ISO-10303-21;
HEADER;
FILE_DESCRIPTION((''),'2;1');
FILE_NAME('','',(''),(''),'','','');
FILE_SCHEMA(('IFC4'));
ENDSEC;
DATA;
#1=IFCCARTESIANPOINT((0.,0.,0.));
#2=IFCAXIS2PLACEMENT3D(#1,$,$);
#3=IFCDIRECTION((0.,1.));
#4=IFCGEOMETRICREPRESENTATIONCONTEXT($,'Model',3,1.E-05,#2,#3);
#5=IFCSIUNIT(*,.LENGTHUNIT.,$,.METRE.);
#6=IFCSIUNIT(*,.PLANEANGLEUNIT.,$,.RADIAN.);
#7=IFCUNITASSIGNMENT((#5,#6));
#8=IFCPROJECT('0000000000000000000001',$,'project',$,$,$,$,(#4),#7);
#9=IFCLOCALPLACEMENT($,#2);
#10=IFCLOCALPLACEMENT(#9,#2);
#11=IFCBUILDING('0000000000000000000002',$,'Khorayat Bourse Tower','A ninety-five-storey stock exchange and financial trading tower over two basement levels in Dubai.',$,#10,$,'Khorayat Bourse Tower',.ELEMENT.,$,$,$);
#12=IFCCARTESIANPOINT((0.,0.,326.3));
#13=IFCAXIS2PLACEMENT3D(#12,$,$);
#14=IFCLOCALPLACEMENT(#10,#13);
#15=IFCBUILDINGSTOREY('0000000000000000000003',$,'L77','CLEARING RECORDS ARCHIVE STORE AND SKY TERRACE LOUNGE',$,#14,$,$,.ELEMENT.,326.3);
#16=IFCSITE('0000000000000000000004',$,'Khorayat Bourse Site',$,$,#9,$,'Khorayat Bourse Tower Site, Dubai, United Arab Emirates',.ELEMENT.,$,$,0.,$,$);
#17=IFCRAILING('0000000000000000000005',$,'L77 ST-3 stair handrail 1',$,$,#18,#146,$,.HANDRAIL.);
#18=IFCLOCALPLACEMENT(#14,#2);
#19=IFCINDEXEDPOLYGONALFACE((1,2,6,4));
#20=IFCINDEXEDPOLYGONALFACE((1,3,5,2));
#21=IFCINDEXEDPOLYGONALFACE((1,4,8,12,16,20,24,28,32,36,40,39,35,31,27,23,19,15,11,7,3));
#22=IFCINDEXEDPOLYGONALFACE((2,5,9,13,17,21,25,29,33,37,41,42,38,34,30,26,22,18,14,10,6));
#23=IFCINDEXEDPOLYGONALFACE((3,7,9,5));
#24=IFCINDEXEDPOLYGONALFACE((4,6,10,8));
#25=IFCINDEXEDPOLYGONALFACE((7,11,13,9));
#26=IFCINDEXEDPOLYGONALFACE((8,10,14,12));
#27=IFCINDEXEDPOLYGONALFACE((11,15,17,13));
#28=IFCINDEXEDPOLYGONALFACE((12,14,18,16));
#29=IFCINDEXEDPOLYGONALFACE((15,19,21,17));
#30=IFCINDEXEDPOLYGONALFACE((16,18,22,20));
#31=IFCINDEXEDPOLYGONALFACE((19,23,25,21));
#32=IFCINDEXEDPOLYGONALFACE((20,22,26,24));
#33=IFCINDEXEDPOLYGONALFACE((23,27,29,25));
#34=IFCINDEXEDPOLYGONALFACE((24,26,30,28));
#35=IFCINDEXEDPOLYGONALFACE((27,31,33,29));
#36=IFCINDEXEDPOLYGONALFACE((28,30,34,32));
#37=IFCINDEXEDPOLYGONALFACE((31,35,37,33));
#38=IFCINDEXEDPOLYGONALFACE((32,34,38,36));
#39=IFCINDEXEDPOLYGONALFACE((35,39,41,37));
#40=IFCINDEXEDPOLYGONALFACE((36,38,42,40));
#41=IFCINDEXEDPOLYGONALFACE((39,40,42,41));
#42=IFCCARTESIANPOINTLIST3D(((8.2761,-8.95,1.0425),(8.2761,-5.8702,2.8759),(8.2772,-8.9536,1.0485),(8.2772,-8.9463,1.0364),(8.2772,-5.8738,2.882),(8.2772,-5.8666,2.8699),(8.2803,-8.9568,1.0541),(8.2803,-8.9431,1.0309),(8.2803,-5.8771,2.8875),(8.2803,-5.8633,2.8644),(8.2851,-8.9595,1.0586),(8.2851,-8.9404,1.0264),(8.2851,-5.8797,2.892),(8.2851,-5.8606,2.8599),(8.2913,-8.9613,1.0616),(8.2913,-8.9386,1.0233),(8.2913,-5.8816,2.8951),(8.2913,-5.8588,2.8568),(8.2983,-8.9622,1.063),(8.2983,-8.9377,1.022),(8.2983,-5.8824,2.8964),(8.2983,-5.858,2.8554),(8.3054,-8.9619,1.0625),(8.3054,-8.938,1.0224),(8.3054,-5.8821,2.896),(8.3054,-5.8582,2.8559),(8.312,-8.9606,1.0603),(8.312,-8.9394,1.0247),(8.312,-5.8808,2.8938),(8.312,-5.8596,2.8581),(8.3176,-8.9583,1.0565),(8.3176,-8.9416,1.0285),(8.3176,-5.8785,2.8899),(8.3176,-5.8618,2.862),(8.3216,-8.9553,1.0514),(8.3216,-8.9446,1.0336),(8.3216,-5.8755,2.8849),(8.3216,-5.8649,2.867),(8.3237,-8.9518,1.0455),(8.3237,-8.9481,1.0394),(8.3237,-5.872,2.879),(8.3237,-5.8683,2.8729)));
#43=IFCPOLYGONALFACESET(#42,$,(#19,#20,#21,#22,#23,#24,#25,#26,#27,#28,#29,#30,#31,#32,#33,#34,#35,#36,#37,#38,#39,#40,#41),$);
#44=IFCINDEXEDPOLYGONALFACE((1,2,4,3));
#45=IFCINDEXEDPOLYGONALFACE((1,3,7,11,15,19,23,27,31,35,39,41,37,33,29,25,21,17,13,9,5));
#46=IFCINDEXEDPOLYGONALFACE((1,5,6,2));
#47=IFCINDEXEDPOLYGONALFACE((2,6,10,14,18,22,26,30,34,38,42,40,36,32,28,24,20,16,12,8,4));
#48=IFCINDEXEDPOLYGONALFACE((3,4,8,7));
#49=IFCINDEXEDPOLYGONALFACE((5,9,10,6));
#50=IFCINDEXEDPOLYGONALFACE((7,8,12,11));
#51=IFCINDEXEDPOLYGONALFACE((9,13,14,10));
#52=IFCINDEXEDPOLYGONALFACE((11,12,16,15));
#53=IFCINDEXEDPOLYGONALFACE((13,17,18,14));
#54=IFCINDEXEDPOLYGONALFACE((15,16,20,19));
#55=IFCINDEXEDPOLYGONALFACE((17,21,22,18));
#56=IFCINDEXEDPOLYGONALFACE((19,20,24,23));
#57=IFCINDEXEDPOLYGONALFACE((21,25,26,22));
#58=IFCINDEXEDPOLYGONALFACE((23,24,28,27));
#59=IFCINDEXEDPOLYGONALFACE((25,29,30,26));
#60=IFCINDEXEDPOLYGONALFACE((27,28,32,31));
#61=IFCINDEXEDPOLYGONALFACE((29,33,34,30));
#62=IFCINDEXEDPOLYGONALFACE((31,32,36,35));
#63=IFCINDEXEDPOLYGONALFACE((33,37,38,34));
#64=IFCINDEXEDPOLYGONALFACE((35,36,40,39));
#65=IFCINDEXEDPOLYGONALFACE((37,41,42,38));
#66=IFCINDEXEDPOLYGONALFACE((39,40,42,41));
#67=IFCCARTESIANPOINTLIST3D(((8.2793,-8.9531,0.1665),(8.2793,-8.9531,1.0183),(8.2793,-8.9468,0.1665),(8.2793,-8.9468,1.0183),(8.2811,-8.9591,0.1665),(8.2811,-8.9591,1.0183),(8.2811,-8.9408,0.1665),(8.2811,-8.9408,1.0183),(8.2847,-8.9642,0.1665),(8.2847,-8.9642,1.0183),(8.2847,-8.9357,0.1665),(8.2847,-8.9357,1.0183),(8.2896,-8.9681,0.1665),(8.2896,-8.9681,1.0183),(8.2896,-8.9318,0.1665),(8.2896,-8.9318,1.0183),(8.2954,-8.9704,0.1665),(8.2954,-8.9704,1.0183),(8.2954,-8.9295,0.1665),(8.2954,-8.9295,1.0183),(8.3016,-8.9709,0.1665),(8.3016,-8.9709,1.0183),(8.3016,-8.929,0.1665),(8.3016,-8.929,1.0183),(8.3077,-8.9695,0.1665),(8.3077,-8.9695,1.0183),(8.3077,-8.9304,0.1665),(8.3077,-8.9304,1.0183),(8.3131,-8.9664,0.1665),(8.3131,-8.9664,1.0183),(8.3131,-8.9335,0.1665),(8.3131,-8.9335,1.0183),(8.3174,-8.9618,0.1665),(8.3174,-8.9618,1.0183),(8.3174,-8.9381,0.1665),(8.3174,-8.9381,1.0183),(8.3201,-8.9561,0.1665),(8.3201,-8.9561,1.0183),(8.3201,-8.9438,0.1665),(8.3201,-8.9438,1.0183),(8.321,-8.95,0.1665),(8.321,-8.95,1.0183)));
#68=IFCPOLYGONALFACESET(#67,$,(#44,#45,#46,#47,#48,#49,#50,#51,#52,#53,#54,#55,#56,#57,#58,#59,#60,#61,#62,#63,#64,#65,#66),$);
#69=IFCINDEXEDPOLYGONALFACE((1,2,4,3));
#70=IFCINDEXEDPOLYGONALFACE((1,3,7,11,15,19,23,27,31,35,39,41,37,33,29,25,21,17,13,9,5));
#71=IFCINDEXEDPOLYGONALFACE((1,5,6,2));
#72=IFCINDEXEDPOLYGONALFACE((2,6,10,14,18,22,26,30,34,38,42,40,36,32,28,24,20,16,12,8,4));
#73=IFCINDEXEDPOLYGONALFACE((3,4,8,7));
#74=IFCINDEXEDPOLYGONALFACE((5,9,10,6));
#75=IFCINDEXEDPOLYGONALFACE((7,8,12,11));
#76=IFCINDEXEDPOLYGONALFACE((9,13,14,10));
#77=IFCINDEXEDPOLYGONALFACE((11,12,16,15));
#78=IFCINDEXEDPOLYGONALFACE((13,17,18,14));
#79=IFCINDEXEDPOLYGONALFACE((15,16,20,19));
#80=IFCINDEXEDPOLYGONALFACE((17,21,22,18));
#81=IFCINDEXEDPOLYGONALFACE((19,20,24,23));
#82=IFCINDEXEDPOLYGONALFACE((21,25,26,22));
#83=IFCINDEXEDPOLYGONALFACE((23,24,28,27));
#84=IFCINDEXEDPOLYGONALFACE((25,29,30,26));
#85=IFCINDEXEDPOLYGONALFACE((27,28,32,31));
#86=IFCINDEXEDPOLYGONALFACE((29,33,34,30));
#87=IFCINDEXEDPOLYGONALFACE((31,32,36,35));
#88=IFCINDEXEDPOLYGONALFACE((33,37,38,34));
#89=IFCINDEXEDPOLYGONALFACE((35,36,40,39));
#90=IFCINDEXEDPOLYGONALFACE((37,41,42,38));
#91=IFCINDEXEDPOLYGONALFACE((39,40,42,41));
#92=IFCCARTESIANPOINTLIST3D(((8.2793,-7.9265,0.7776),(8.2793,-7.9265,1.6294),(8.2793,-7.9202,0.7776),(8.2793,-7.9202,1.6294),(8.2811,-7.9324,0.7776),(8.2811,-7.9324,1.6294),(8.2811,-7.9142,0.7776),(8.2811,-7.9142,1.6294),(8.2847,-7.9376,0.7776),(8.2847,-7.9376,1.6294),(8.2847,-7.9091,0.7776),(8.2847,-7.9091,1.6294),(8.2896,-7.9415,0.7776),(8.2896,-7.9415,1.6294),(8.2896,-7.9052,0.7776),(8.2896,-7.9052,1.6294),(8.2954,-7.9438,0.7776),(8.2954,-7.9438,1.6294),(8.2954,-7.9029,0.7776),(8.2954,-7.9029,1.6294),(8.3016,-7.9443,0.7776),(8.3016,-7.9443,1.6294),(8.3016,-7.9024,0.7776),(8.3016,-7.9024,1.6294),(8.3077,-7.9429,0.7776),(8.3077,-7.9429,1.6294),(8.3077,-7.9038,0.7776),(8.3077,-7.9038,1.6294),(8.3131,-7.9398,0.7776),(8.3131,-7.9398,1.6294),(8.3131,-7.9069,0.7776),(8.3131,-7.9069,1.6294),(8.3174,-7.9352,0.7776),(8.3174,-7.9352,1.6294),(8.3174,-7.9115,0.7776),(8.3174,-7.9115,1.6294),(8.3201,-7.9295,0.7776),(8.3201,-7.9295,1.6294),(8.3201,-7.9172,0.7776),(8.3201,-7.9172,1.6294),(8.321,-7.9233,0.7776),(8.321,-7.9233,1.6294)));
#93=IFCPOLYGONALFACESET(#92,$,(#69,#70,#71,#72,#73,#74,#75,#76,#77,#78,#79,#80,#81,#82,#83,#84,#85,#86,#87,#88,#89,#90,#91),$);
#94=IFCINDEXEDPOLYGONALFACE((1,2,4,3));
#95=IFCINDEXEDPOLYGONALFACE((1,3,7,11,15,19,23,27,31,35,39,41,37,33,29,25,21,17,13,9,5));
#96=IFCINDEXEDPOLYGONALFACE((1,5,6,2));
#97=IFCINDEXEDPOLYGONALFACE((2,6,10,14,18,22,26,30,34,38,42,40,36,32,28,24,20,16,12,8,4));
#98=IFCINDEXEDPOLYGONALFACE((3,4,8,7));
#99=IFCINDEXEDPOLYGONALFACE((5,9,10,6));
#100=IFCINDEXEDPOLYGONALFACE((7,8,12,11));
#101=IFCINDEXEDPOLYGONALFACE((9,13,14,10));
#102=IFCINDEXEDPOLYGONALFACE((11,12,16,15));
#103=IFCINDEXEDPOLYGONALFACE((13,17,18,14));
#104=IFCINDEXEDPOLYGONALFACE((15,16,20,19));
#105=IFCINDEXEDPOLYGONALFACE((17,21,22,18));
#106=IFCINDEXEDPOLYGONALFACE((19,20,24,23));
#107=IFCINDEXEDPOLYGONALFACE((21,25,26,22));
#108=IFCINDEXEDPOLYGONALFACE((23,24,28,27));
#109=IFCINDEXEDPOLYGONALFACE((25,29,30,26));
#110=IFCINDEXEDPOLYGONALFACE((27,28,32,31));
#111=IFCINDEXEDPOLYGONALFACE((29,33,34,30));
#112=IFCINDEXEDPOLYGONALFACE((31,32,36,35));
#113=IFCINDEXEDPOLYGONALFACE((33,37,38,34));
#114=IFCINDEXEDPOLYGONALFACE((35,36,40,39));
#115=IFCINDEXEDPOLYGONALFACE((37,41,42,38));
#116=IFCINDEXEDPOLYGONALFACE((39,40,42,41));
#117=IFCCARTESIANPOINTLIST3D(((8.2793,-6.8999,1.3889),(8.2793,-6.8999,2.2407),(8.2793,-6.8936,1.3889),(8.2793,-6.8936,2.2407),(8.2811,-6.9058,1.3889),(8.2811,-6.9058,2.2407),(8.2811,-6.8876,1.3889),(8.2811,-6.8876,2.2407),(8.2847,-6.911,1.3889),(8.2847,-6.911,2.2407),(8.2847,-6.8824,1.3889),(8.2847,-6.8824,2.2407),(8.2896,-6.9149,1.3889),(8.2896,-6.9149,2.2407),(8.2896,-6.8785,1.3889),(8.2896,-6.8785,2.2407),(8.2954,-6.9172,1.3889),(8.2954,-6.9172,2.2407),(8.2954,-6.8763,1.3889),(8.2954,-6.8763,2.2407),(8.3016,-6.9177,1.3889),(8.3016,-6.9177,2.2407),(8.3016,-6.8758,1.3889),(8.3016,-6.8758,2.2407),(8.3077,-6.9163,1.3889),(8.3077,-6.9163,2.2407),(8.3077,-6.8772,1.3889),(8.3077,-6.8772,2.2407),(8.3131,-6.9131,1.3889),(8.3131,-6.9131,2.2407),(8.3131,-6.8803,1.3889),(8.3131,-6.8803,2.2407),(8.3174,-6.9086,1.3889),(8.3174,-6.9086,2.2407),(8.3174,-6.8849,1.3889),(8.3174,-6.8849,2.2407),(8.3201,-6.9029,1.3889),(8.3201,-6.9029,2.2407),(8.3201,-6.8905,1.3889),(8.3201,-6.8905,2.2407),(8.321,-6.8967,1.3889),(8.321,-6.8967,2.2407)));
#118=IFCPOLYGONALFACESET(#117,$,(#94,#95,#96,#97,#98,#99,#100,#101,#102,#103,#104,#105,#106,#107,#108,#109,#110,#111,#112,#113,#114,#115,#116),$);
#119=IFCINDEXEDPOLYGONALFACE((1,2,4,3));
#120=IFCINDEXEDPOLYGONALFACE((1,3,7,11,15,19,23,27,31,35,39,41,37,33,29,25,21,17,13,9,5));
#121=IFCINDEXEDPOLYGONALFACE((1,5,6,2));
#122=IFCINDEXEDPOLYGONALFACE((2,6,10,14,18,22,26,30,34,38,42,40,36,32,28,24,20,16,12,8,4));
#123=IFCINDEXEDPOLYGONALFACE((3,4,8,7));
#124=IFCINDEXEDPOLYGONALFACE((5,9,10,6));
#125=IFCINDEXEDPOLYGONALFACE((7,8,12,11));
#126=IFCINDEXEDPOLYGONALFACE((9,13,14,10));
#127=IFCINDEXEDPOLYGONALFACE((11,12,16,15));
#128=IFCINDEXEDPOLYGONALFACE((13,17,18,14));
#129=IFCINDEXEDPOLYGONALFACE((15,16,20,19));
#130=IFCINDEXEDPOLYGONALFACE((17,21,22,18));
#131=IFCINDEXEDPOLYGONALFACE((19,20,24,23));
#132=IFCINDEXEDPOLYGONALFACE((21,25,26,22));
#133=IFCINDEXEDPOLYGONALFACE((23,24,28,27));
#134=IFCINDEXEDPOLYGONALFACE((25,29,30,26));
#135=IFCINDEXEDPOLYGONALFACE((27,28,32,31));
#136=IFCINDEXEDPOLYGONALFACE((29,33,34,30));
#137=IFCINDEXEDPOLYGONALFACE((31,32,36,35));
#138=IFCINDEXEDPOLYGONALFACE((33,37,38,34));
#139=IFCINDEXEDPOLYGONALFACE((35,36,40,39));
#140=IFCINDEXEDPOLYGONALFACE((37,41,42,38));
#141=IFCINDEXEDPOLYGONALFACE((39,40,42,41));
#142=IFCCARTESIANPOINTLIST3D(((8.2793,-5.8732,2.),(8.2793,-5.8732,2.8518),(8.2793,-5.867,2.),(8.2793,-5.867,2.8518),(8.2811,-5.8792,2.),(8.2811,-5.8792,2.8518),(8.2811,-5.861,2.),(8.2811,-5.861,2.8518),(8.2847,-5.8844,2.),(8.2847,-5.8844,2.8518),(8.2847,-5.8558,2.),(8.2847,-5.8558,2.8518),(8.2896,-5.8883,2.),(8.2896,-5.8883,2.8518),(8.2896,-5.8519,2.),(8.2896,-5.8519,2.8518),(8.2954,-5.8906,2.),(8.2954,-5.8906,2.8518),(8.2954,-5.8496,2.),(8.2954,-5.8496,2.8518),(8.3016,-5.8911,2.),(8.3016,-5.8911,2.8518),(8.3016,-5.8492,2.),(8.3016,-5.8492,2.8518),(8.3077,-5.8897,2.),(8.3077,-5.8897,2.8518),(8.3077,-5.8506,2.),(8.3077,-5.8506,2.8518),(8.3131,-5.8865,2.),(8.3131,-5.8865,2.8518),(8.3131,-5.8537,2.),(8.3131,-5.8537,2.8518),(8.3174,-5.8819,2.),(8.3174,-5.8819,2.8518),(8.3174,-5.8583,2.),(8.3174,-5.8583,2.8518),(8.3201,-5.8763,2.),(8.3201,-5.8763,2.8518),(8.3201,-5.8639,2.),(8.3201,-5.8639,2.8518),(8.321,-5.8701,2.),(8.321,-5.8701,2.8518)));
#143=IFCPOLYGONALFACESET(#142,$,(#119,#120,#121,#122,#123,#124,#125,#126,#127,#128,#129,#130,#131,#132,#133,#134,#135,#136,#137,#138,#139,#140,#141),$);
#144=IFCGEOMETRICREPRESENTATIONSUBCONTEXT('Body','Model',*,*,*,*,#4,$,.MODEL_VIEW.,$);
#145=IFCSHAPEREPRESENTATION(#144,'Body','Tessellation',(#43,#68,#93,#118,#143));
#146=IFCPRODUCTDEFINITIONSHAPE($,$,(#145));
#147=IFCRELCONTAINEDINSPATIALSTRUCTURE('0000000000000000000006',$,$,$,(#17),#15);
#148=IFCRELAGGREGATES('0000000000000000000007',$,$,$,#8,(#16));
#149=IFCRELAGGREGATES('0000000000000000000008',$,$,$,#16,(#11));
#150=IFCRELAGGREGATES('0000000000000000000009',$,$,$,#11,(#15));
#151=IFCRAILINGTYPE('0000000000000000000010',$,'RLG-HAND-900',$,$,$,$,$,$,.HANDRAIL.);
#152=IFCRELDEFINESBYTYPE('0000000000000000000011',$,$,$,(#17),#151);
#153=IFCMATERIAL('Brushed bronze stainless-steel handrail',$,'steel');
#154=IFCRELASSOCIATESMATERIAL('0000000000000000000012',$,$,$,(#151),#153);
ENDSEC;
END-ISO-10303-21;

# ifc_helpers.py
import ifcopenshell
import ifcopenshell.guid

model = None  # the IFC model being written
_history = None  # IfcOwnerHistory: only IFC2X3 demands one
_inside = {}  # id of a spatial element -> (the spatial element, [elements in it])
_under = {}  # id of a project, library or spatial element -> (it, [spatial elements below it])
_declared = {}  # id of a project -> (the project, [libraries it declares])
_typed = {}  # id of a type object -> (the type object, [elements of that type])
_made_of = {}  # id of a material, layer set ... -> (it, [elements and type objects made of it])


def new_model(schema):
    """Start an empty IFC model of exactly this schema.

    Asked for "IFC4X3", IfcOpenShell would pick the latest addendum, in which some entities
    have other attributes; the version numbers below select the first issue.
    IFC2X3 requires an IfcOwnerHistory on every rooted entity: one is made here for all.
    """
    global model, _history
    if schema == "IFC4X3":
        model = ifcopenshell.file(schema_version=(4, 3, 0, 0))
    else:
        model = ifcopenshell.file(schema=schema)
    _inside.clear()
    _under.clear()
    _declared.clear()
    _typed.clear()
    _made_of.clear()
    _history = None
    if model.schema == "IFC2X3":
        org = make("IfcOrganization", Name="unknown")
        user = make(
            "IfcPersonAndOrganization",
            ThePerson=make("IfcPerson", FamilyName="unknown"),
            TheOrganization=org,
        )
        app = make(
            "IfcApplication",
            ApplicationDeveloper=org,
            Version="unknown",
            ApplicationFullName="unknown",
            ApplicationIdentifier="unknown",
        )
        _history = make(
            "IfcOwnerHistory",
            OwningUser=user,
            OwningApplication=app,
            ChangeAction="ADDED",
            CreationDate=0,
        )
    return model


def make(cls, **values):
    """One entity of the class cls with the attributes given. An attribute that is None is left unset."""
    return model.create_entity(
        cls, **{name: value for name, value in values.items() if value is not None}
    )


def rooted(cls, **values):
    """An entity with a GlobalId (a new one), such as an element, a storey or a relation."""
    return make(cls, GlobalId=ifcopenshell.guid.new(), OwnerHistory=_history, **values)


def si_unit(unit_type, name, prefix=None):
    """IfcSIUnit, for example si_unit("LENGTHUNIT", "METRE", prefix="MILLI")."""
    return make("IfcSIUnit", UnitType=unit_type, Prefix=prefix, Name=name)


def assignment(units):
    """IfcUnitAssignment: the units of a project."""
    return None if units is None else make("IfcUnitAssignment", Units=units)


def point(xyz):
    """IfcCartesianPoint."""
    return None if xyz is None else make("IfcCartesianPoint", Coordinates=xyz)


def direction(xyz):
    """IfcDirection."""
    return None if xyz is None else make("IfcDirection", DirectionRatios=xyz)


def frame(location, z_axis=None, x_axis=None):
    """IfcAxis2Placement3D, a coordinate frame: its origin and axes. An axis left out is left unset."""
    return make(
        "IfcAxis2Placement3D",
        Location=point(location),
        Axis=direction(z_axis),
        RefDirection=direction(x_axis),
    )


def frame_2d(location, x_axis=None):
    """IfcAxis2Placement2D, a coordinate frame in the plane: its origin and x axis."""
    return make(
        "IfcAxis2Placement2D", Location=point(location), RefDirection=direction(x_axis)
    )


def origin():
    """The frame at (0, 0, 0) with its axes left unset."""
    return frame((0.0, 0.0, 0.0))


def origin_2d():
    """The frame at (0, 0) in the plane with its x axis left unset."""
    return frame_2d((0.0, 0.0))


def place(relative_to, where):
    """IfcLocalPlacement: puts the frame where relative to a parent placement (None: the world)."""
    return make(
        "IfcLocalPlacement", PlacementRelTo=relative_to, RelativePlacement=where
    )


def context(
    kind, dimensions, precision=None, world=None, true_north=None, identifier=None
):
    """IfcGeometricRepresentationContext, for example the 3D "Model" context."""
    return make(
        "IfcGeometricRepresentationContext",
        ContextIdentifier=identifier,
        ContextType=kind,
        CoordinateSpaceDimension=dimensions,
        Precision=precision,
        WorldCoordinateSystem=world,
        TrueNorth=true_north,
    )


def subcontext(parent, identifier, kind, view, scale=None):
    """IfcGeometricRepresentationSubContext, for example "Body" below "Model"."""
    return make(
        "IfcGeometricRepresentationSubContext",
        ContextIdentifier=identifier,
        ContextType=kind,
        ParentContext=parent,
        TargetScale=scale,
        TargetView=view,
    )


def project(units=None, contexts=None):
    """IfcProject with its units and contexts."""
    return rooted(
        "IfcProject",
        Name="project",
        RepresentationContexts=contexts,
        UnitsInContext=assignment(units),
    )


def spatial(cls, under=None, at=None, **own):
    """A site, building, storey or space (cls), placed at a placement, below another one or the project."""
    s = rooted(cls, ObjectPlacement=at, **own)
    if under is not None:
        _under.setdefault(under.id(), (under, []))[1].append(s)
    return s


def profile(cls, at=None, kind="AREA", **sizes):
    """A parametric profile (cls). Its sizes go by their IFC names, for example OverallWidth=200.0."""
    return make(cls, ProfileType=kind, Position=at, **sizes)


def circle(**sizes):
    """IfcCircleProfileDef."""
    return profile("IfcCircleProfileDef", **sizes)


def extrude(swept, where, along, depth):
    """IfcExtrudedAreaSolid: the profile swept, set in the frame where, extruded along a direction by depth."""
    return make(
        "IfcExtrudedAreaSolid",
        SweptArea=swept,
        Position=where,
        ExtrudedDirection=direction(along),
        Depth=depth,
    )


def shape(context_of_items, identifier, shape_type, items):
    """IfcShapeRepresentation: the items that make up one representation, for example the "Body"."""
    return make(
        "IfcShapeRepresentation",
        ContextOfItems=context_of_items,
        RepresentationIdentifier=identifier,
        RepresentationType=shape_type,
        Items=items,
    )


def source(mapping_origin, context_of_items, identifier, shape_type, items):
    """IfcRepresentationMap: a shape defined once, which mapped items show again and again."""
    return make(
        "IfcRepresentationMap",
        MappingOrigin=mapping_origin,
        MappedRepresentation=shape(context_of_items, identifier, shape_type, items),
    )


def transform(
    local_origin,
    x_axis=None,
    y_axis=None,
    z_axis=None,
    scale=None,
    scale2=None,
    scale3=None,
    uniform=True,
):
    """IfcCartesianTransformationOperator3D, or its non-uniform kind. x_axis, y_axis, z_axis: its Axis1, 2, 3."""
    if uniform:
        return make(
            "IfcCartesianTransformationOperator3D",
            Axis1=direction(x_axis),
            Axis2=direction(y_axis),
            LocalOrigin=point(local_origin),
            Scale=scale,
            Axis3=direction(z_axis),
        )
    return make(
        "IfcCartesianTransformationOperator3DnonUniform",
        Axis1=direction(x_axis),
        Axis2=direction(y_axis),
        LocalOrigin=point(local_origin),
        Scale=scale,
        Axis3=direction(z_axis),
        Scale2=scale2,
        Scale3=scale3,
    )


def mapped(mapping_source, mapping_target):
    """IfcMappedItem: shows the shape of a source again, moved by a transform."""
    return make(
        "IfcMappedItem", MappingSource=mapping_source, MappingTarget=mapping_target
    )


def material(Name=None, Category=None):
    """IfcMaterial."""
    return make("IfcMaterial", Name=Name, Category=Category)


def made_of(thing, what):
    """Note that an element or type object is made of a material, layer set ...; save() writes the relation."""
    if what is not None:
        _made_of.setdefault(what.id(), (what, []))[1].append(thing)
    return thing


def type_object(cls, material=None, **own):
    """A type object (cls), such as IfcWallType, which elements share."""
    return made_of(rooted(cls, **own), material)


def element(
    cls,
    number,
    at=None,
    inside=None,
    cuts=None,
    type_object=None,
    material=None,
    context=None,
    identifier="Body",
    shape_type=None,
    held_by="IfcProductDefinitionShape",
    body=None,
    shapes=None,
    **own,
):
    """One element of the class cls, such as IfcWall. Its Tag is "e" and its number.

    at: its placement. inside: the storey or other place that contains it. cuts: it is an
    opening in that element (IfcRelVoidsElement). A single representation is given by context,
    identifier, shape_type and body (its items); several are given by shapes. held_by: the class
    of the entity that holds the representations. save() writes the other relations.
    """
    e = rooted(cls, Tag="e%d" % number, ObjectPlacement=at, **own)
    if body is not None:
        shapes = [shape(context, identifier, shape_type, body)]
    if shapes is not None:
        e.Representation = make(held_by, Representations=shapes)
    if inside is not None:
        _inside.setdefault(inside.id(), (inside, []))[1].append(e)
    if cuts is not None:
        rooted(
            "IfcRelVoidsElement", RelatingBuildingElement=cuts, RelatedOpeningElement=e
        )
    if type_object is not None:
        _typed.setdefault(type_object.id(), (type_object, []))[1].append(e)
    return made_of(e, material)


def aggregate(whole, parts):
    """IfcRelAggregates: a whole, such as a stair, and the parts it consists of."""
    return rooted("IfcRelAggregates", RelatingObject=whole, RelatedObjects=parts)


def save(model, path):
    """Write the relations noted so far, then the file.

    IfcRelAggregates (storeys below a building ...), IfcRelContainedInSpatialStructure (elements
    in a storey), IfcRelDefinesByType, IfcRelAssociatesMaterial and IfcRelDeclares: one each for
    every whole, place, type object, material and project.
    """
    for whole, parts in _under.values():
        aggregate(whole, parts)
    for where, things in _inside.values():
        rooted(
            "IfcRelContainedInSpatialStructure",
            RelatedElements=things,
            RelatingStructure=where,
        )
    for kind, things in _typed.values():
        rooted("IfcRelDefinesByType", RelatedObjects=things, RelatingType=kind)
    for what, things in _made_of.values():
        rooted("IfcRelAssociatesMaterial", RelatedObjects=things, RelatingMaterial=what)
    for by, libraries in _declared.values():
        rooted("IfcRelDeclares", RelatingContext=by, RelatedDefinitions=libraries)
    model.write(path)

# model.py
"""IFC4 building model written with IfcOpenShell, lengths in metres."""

from ifc_helpers import new_model, si_unit, direction, frame, origin, origin_2d, place, context, subcontext, project, spatial, circle, extrude, source, transform, mapped, material, type_object, element, save


model = new_model("IFC4")

# Units and contexts
model_context = context("Model", 3, precision=1e-05, world=origin(), true_north=direction((0.0, 1.0)))
body_context = subcontext(model_context, "Body", "Model", "MODEL_VIEW")
ifc_project = project(units=[si_unit("LENGTHUNIT", "METRE"), si_unit("PLANEANGLEUNIT", "RADIAN")], contexts=[model_context])

# Site, building, storey
site_placement = place(None, origin())
site = spatial("IfcSite", under=ifc_project, at=site_placement, Name="Khorayat Bourse Site", LongName="Khorayat Bourse Tower Site, Dubai, United Arab Emirates", CompositionType="ELEMENT", RefElevation=0.0)
building_placement = place(site_placement, origin())
building = spatial("IfcBuilding", under=site, at=building_placement, Name="Khorayat Bourse Tower", Description="A ninety-five-storey stock exchange and financial trading tower over two basement levels in Dubai.", LongName="Khorayat Bourse Tower", CompositionType="ELEMENT")
storey_placement = place(building_placement, frame((0.0, 0.0, 326.3)))
storey = spatial("IfcBuildingStorey", under=building, at=storey_placement, Name="L77", Description="CLEARING RECORDS ARCHIVE STORE AND SKY TERRACE LOUNGE", CompositionType="ELEMENT", Elevation=326.3)

# Railing
ifc_material_1 = material(Name="Brushed bronze stainless-steel handrail", Category="steel")
railing_type_1 = type_object("IfcRailingType", Name="RLG-HAND-900", PredefinedType="HANDRAIL", material=ifc_material_1)
shared_shape_1 = source(origin(), body_context, "Body", "SweptSolid", [
    extrude(circle(Radius=0.0239, at=origin_2d()), frame((0.0, 0.0, 0.876), z_axis=(0.0, 0.859261, 0.511538), x_axis=(-1.0, 0.0, 0.0)), (0.0, 0.0, 1.0), 3.5842),
    extrude(circle(Radius=0.021, at=origin_2d()), origin(), (0.0, 0.0, 1.0), 0.8518),
    extrude(circle(Radius=0.021, at=origin_2d()), frame((0.0, 1.0266, 0.6111)), (0.0, 0.0, 1.0), 0.8518),
    extrude(circle(Radius=0.021, at=origin_2d()), frame((0.0, 2.0532, 1.2224)), (0.0, 0.0, 1.0), 0.8518),
    extrude(circle(Radius=0.021, at=origin_2d()), frame((0.0, 3.0798, 1.8335)), (0.0, 0.0, 1.0), 0.8518),
])
railing_1_placement = place(storey_placement, frame((8.3, -8.95, 0.1665)))
element("IfcRailing", 1, at=railing_1_placement, inside=storey, type_object=railing_type_1, Name="L77 ST-3 stair handrail 1", PredefinedType="HANDRAIL", context=body_context, shape_type="MappedRepresentation", body=[
    mapped(shared_shape_1, transform((0.0, 0.0, 0.0), scale=1.0)),
])

save(model, "model.ifc")
